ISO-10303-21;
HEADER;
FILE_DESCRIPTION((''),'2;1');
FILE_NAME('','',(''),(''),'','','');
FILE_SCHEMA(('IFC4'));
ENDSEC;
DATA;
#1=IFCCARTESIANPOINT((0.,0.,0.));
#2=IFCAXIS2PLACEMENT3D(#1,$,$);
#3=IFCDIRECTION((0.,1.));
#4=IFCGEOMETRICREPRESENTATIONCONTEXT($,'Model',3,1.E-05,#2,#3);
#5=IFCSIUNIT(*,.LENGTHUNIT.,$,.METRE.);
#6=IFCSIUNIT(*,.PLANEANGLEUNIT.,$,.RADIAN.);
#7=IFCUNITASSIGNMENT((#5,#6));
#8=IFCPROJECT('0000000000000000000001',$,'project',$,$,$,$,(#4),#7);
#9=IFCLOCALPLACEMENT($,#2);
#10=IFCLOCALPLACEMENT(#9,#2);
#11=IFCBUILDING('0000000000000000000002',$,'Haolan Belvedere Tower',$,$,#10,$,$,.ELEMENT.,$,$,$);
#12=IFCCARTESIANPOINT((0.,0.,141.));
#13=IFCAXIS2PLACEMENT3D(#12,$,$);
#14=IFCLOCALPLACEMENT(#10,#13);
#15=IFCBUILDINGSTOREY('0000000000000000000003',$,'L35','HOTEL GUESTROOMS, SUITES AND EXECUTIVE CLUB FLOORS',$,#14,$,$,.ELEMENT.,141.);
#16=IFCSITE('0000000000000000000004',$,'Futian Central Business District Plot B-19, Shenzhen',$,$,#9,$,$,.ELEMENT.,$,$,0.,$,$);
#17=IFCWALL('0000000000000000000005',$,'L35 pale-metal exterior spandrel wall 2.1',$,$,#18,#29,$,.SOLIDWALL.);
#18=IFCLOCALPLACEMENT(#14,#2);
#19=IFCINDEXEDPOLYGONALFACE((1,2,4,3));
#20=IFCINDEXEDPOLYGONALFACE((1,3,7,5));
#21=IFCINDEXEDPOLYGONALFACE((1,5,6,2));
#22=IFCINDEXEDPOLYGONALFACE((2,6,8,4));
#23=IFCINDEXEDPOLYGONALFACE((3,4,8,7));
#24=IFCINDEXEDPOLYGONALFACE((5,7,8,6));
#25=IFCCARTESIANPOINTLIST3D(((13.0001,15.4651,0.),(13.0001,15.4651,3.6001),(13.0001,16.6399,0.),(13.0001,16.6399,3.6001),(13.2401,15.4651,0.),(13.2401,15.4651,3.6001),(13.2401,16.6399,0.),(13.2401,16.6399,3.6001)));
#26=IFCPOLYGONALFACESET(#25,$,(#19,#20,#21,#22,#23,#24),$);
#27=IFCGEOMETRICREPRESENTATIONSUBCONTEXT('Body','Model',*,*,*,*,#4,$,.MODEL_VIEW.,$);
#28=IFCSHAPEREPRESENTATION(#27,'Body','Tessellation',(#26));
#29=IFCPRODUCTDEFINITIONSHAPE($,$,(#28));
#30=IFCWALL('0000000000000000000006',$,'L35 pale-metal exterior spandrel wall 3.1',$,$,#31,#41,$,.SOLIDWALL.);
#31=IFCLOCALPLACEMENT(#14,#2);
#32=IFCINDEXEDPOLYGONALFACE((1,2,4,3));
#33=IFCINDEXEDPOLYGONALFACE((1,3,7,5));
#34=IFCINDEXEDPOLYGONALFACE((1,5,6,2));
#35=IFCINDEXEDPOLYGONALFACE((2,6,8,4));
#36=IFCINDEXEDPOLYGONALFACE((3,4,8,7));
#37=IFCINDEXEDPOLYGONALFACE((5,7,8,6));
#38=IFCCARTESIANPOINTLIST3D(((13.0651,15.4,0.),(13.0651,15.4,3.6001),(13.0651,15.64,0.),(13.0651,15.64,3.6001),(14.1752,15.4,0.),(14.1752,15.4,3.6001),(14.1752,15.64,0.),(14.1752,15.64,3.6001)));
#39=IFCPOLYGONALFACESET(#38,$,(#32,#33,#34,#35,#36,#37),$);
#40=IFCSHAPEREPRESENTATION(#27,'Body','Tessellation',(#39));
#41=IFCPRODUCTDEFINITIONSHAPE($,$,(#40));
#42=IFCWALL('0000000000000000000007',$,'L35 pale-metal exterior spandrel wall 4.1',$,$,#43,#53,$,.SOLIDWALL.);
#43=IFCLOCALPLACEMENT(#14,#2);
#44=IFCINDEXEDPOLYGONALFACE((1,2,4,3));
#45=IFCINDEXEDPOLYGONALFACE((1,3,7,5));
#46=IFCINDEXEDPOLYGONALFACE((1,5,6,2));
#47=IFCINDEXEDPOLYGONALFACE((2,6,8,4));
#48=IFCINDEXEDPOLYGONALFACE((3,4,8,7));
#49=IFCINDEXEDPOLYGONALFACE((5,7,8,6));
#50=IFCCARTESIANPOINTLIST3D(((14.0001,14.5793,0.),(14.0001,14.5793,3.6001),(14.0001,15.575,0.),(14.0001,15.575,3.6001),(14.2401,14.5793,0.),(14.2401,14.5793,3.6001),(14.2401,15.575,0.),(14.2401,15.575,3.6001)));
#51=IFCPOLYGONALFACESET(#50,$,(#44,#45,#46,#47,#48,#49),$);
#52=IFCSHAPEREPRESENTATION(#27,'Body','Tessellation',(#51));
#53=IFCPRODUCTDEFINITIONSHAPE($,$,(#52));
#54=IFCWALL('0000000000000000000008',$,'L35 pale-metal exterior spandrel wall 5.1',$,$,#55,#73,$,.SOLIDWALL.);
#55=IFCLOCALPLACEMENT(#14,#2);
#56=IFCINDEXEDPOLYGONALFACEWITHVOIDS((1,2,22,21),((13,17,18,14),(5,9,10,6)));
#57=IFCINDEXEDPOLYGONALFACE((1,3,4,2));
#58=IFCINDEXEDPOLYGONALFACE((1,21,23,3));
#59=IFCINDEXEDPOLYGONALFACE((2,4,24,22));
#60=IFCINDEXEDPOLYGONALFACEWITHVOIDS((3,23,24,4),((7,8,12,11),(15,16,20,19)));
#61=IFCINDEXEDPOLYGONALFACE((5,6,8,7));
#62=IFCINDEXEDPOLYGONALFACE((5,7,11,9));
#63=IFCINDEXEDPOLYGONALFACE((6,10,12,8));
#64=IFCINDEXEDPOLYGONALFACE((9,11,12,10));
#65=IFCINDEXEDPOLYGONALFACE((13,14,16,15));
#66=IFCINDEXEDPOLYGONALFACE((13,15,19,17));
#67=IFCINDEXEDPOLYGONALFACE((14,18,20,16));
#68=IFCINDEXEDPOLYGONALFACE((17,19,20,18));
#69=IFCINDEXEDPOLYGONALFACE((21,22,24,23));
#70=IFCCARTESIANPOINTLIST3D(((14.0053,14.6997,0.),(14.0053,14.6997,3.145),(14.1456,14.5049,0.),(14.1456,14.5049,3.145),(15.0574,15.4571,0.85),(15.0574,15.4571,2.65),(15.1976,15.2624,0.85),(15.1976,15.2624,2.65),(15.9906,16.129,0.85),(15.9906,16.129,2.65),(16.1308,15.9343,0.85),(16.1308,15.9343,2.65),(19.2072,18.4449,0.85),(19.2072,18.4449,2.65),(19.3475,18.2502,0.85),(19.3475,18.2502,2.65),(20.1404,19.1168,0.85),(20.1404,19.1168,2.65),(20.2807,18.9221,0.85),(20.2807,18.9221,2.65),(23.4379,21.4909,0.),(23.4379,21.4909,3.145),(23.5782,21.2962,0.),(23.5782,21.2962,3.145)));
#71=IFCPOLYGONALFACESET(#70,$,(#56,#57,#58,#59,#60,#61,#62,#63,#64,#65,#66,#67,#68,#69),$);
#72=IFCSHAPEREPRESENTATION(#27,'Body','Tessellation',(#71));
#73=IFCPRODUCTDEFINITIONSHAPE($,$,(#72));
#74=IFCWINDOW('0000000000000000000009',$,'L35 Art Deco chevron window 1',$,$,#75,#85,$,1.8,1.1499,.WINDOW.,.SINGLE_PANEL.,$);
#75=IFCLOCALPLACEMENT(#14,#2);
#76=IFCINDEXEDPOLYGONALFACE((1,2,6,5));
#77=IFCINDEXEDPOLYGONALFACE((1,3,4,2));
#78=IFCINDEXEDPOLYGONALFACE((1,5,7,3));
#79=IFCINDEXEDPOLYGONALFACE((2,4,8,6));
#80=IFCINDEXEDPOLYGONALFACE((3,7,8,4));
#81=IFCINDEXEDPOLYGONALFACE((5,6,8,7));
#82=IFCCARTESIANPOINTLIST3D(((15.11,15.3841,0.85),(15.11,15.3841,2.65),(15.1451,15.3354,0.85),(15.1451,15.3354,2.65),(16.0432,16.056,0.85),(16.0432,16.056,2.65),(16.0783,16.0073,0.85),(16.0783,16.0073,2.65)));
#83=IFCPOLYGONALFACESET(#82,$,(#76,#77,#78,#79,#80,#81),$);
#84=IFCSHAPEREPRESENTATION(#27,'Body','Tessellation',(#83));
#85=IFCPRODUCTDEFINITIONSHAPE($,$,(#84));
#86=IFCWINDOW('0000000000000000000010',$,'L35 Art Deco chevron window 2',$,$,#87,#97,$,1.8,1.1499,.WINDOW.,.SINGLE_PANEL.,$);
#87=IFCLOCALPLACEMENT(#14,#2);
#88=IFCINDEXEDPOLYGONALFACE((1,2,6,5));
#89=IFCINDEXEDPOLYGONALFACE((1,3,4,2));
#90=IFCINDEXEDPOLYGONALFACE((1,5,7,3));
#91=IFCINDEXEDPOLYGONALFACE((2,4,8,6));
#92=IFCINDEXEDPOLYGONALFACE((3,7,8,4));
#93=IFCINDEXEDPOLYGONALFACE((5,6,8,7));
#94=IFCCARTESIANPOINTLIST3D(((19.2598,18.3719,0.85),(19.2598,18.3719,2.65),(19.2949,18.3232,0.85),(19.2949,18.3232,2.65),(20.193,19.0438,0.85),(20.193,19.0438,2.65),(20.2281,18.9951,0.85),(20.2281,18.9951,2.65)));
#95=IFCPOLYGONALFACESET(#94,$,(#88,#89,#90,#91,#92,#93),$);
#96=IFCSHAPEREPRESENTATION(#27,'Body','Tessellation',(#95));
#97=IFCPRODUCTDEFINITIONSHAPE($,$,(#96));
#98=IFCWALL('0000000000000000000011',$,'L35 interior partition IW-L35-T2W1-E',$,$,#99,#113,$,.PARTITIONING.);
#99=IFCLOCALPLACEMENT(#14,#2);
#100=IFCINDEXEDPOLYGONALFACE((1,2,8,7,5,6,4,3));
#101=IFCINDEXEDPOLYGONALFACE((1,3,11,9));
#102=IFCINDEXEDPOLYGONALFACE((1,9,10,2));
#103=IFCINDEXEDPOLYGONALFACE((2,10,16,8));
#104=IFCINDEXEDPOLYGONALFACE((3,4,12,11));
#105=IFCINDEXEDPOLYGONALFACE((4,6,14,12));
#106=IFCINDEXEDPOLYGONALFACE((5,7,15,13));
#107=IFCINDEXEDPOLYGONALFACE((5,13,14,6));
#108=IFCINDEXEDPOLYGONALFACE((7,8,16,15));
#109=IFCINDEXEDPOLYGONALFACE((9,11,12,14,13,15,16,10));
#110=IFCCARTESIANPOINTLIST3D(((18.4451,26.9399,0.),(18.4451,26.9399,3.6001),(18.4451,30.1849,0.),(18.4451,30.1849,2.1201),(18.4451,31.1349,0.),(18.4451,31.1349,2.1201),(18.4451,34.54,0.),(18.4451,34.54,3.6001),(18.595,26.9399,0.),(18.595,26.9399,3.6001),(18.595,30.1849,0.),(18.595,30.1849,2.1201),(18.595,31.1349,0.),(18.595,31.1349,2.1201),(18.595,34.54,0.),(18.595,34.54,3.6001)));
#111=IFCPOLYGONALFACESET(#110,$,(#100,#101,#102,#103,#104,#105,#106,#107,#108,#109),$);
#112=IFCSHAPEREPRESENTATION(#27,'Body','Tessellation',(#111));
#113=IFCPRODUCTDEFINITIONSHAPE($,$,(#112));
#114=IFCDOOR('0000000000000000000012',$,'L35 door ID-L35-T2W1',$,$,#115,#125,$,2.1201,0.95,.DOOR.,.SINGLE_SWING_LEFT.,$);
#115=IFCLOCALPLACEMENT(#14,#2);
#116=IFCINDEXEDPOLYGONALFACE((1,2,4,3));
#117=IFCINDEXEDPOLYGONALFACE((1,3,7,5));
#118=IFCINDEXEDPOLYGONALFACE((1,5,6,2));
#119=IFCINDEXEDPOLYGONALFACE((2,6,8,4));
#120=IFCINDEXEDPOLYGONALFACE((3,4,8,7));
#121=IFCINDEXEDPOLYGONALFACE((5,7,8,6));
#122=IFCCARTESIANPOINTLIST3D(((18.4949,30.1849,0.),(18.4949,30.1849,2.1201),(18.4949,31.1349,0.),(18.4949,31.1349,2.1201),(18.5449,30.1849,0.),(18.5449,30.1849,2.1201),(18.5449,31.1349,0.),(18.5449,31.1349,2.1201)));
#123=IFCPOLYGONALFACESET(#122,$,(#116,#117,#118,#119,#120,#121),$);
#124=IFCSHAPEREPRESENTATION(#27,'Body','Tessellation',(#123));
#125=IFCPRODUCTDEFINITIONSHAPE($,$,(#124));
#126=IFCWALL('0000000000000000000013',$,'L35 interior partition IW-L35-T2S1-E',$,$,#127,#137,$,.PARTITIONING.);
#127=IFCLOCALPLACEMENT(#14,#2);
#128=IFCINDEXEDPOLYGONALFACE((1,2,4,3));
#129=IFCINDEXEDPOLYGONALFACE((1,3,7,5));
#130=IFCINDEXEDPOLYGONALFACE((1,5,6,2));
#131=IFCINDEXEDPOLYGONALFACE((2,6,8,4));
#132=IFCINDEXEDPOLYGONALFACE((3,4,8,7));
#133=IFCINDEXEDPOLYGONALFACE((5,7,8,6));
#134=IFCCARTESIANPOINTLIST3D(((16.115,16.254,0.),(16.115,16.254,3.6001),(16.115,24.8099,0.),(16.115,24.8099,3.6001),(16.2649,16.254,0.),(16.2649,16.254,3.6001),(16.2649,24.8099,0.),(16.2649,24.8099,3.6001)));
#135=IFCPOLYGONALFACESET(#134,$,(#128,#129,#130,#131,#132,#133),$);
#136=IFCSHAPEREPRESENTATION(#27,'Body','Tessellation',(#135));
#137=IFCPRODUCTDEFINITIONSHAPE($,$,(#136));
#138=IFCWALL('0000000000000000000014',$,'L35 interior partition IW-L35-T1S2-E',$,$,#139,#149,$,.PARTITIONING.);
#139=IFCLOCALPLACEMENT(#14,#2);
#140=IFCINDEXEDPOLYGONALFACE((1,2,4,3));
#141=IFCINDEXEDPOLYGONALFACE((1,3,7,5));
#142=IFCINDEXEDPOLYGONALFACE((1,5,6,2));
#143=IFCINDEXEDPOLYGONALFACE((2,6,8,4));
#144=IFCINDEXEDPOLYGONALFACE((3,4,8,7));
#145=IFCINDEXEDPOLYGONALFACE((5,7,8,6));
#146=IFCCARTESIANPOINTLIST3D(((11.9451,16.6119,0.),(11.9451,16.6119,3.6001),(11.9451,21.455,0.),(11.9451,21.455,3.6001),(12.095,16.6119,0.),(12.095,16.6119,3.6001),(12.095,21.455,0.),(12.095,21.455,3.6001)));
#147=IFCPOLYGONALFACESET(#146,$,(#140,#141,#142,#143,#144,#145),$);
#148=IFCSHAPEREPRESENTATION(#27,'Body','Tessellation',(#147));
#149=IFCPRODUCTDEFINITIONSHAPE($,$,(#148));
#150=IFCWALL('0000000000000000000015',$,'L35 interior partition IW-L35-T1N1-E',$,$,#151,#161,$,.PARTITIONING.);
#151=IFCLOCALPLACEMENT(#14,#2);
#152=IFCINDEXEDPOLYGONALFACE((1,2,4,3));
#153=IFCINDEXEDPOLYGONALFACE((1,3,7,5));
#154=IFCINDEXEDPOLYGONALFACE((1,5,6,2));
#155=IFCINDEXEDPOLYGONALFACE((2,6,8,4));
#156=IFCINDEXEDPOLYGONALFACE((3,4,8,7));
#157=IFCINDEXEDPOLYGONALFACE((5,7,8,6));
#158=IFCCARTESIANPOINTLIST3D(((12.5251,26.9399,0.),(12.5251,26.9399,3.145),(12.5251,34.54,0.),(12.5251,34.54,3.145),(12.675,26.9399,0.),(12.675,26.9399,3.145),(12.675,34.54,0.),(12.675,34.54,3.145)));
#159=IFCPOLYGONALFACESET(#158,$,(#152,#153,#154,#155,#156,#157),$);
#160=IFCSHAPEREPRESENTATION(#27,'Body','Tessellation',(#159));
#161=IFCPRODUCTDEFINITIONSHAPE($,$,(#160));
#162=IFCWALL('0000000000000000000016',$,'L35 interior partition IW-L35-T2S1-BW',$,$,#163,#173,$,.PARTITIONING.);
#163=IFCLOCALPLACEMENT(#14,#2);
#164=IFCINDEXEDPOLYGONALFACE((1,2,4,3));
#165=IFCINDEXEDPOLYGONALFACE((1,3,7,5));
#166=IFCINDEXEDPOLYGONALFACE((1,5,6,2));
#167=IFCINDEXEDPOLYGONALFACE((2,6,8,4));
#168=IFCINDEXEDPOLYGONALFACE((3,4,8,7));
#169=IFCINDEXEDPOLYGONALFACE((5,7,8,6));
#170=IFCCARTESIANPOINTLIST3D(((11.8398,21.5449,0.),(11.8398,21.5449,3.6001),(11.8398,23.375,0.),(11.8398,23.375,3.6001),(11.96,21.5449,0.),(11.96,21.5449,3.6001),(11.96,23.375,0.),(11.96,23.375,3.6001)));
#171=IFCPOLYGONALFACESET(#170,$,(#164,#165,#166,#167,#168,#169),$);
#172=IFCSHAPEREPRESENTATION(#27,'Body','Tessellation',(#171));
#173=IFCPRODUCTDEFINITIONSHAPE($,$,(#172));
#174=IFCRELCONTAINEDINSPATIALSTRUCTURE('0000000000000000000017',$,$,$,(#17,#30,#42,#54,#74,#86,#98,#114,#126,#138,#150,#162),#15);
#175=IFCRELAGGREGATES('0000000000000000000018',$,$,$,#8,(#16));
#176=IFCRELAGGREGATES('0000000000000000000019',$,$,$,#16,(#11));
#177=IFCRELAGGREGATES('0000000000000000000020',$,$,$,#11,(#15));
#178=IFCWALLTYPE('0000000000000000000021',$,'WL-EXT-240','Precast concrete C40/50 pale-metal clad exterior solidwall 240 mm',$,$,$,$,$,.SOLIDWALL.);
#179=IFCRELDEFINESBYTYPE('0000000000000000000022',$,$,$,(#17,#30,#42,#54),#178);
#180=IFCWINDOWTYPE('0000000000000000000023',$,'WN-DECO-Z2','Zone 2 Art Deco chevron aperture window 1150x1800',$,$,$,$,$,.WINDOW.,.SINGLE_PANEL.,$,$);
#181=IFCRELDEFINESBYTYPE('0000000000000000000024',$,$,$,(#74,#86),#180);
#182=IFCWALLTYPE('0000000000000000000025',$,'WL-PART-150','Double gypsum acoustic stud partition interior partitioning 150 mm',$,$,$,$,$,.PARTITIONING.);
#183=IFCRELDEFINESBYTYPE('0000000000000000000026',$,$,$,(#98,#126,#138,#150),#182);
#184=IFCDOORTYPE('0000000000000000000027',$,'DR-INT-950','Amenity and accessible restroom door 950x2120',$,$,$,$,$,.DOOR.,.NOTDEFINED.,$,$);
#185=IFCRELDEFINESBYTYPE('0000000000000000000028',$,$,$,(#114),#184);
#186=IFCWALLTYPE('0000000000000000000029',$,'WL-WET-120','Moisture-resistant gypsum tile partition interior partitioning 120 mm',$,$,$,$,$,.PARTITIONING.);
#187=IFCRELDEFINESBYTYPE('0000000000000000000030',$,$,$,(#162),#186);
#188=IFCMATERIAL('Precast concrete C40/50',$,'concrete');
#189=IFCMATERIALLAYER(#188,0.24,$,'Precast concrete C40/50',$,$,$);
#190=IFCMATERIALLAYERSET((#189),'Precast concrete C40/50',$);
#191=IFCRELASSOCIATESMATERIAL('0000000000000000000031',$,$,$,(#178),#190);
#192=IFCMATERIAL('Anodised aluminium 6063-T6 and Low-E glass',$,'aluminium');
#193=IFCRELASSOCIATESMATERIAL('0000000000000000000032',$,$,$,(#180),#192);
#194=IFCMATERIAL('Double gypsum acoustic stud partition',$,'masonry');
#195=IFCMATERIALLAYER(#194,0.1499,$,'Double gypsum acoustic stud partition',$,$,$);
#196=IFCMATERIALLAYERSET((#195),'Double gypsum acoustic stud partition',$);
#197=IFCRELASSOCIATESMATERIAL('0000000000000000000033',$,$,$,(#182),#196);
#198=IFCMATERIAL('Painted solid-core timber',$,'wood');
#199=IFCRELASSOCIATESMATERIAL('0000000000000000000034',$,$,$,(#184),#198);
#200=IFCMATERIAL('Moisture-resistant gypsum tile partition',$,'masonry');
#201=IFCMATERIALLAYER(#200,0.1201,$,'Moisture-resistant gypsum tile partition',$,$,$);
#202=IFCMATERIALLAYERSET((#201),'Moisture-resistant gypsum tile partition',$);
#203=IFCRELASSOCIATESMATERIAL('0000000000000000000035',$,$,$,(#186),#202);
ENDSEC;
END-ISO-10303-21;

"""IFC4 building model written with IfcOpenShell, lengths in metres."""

from ifc_helpers import new_model, si_unit, direction, frame, frame_2d, origin, place, context, subcontext, project, spatial, rectangle, extrude, material, layer, layer_set, type_object, element, fill, save


model = new_model("IFC4")

# Units and contexts
model_context = context("Model", 3, precision=1e-05, world=origin(), true_north=direction((0.0, 1.0)))
body_context = subcontext(model_context, "Body", "Model", "MODEL_VIEW")
ifc_project = project(units=[si_unit("LENGTHUNIT", "METRE"), si_unit("PLANEANGLEUNIT", "RADIAN")], contexts=[model_context])

# Site, building, storey
site_placement = place(None, origin())
site = spatial("IfcSite", under=ifc_project, at=site_placement, Name="Futian Central Business District Plot B-19, Shenzhen", CompositionType="ELEMENT", RefElevation=0.0)
building_placement = place(site_placement, origin())
building = spatial("IfcBuilding", under=site, at=building_placement, Name="Haolan Belvedere Tower", CompositionType="ELEMENT")
storey_placement = place(building_placement, frame((0.0, 0.0, 141.0)))
storey = spatial("IfcBuildingStorey", under=building, at=storey_placement, Name="L35", Description="HOTEL GUESTROOMS, SUITES AND EXECUTIVE CLUB FLOORS", CompositionType="ELEMENT", Elevation=141.0)

# Walls
ifc_material_1 = material(Name="Precast concrete C40/50", Category="concrete")
ifc_layer_1 = layer(ifc_material_1, 0.24, Name="Precast concrete C40/50")
ifc_layer_set_1 = layer_set([ifc_layer_1], Name="Precast concrete C40/50")
wall_type_1 = type_object("IfcWallType", Name="WL-EXT-240", Description="Precast concrete C40/50 pale-metal clad exterior solidwall 240 mm", PredefinedType="SOLIDWALL", material=ifc_layer_set_1)
wall_1_placement = place(storey_placement, frame((13.1201, 16.6399, 0.0), z_axis=(0.0, 0.0, 1.0), x_axis=(0.0, -1.0, 0.0)))
element("IfcWall", 1, at=wall_1_placement, inside=storey, type_object=wall_type_1, Name="L35 pale-metal exterior spandrel wall 2.1", PredefinedType="SOLIDWALL", context=body_context, shape_type="SweptSolid", body=[
    extrude(rectangle(XDim=1.1748, YDim=0.24, at=frame_2d((0.5874, 0.0))), origin(), (0.0, 0.0, 1.0), 3.6001),
])
wall_2_placement = place(storey_placement, frame((13.0649, 15.52, 0.0), z_axis=(0.0, 0.0, 1.0), x_axis=(1.0, 0.0, 0.0)))
element("IfcWall", 2, at=wall_2_placement, inside=storey, type_object=wall_type_1, Name="L35 pale-metal exterior spandrel wall 3.1", PredefinedType="SOLIDWALL", context=body_context, shape_type="SweptSolid", body=[
    extrude(rectangle(XDim=1.1101, YDim=0.24, at=frame_2d((0.5552, 0.0))), origin(), (0.0, 0.0, 1.0), 3.6001),
])
wall_3_placement = place(storey_placement, frame((14.1201, 15.575, 0.0), z_axis=(0.0, 0.0, 1.0), x_axis=(0.0, -1.0, 0.0)))
element("IfcWall", 3, at=wall_3_placement, inside=storey, type_object=wall_type_1, Name="L35 pale-metal exterior spandrel wall 4.1", PredefinedType="SOLIDWALL", context=body_context, shape_type="SweptSolid", body=[
    extrude(rectangle(XDim=0.9956, YDim=0.24, at=frame_2d((0.4978, 0.0))), origin(), (0.0, 0.0, 1.0), 3.6001),
])

# Wall, openings, windows
wall_4_placement = place(storey_placement, frame((14.0754, 14.6023, 0.0), z_axis=(0.0, 0.0, 1.0), x_axis=(0.811544, 0.584292, 0.0)))
wall_4 = element("IfcWall", 4, at=wall_4_placement, inside=storey, type_object=wall_type_1, Name="L35 pale-metal exterior spandrel wall 5.1", PredefinedType="SOLIDWALL", context=body_context, shape_type="SweptSolid", body=[
    extrude(rectangle(XDim=11.623, YDim=0.24, at=frame_2d((5.8115, 0.0))), origin(), (0.0, 0.0, 1.0), 3.145),
])
opening_1_placement = place(wall_4_placement, frame((1.2964, 0.0, 0.8501)))
opening_1 = element("IfcOpeningElement", 5, at=opening_1_placement, cuts=wall_4, PredefinedType="OPENING", context=body_context, shape_type="SweptSolid", body=[
    extrude(rectangle(XDim=1.1499, YDim=1.8, at=frame_2d((0.575, 0.8999))), frame((0.0, 0.1299, 0.0), z_axis=(0.0, -1.0, 0.0), x_axis=(1.0, 0.0, 0.0)), (0.0, 0.0, 1.0), 0.26),
])
opening_2_placement = place(wall_4_placement, frame((6.4099, 0.0, 0.8501)))
opening_2 = element("IfcOpeningElement", 6, at=opening_2_placement, cuts=wall_4, PredefinedType="OPENING", context=body_context, shape_type="SweptSolid", body=[
    extrude(rectangle(XDim=1.1499, YDim=1.8, at=frame_2d((0.575, 0.8999))), frame((0.0, 0.1299, 0.0), z_axis=(0.0, -1.0, 0.0), x_axis=(1.0, 0.0, 0.0)), (0.0, 0.0, 1.0), 0.26),
])
ifc_material_2 = material(Name="Anodised aluminium 6063-T6 and Low-E glass", Category="aluminium")
window_type = type_object("IfcWindowType", Name="WN-DECO-Z2", Description="Zone 2 Art Deco chevron aperture window 1150x1800", PartitioningType="SINGLE_PANEL", PredefinedType="WINDOW", material=ifc_material_2)
window_1_placement = place(opening_1_placement, origin())
window_1 = element("IfcWindow", 7, at=window_1_placement, inside=storey, type_object=window_type, Name="L35 Art Deco chevron window 1", OverallHeight=1.8, OverallWidth=1.1499, PartitioningType="SINGLE_PANEL", PredefinedType="WINDOW", context=body_context, shape_type="SweptSolid", body=[
    extrude(rectangle(XDim=1.1499, YDim=1.8, at=frame_2d((0.575, 0.8999))), frame((0.0, 0.03, 0.0), z_axis=(0.0, -1.0, 0.0), x_axis=(1.0, 0.0, 0.0)), (0.0, 0.0, 1.0), 0.0601),
])
fill(opening_1, window_1)
window_2_placement = place(opening_2_placement, origin())
window_2 = element("IfcWindow", 8, at=window_2_placement, inside=storey, type_object=window_type, Name="L35 Art Deco chevron window 2", OverallHeight=1.8, OverallWidth=1.1499, PartitioningType="SINGLE_PANEL", PredefinedType="WINDOW", context=body_context, shape_type="SweptSolid", body=[
    extrude(rectangle(XDim=1.1499, YDim=1.8, at=frame_2d((0.575, 0.8999))), frame((0.0, 0.03, 0.0), z_axis=(0.0, -1.0, 0.0), x_axis=(1.0, 0.0, 0.0)), (0.0, 0.0, 1.0), 0.0601),
])
fill(opening_2, window_2)

# Wall, opening, door
ifc_material_3 = material(Name="Double gypsum acoustic stud partition", Category="masonry")
ifc_layer_2 = layer(ifc_material_3, 0.1499, Name="Double gypsum acoustic stud partition")
ifc_layer_set_2 = layer_set([ifc_layer_2], Name="Double gypsum acoustic stud partition")
wall_type_2 = type_object("IfcWallType", Name="WL-PART-150", Description="Double gypsum acoustic stud partition interior partitioning 150 mm", PredefinedType="PARTITIONING", material=ifc_layer_set_2)
wall_5_placement = place(storey_placement, frame((18.52, 26.9399, 0.0), z_axis=(0.0, 0.0, 1.0), x_axis=(0.0, 1.0, 0.0)))
wall_5 = element("IfcWall", 9, at=wall_5_placement, inside=storey, type_object=wall_type_2, Name="L35 interior partition IW-L35-T2W1-E", PredefinedType="PARTITIONING", context=body_context, shape_type="SweptSolid", body=[
    extrude(rectangle(XDim=7.6001, YDim=0.1499, at=frame_2d((3.8, 0.0))), origin(), (0.0, 0.0, 1.0), 3.6001),
])
opening_3_placement = place(wall_5_placement, frame((4.1951, 0.0, 0.0), z_axis=(0.0, 0.0, 1.0), x_axis=(-1.0, 0.0, 0.0)))
opening_3 = element("IfcOpeningElement", 10, at=opening_3_placement, cuts=wall_5, PredefinedType="OPENING", context=body_context, shape_type="SweptSolid", body=[
    extrude(rectangle(XDim=0.95, YDim=2.1201, at=frame_2d((0.4751, 1.0601))), frame((0.0, 0.085, 0.0), z_axis=(0.0, -1.0, 0.0), x_axis=(1.0, 0.0, 0.0)), (0.0, 0.0, 1.0), 0.1699),
])
ifc_material_4 = material(Name="Painted solid-core timber", Category="wood")
door_type_1 = type_object("IfcDoorType", Name="DR-INT-950", Description="Amenity and accessible restroom door 950x2120", OperationType="NOTDEFINED", PredefinedType="DOOR", material=ifc_material_4)
door_1_placement = place(opening_3_placement, origin())
door_1 = element("IfcDoor", 11, at=door_1_placement, inside=storey, type_object=door_type_1, Name="L35 door ID-L35-T2W1", OperationType="SINGLE_SWING_LEFT", OverallHeight=2.1201, OverallWidth=0.95, PredefinedType="DOOR", context=body_context, shape_type="SweptSolid", body=[
    extrude(rectangle(XDim=0.95, YDim=2.1201, at=frame_2d((0.4751, 1.0601))), frame((0.0, 0.0249, 0.0), z_axis=(0.0, -1.0, 0.0), x_axis=(1.0, 0.0, 0.0)), (0.0, 0.0, 1.0), 0.05),
])
fill(opening_3, door_1)

# Wall
wall_6_placement = place(storey_placement, frame((16.1899, 16.2542, 0.0), z_axis=(0.0, 0.0, 1.0), x_axis=(0.0, 1.0, 0.0)))
element("IfcWall", 12, at=wall_6_placement, inside=storey, type_object=wall_type_2, Name="L35 interior partition IW-L35-T2S1-E", PredefinedType="PARTITIONING", context=body_context, shape_type="SweptSolid", body=[
    extrude(rectangle(XDim=8.5559, YDim=0.1499, at=frame_2d((4.2778, 0.0))), origin(), (0.0, 0.0, 1.0), 3.6001),
])

# Walls
wall_7_placement = place(storey_placement, frame((12.02, 16.6121, 0.0), z_axis=(0.0, 0.0, 1.0), x_axis=(0.0, 1.0, 0.0)))
element("IfcWall", 13, at=wall_7_placement, inside=storey, type_object=wall_type_2, Name="L35 interior partition IW-L35-T1S2-E", PredefinedType="PARTITIONING", context=body_context, shape_type="SweptSolid", body=[
    extrude(rectangle(XDim=4.843, YDim=0.1499, at=frame_2d((2.4214, 0.0))), origin(), (0.0, 0.0, 1.0), 3.6001),
])
wall_8_placement = place(storey_placement, frame((12.6001, 26.9399, 0.0), z_axis=(0.0, 0.0, 1.0), x_axis=(0.0, 1.0, 0.0)))
element("IfcWall", 14, at=wall_8_placement, inside=storey, type_object=wall_type_2, Name="L35 interior partition IW-L35-T1N1-E", PredefinedType="PARTITIONING", context=body_context, shape_type="SweptSolid", body=[
    extrude(rectangle(XDim=7.6001, YDim=0.1499, at=frame_2d((3.8, 0.0))), origin(), (0.0, 0.0, 1.0), 3.145),
])
ifc_material_5 = material(Name="Moisture-resistant gypsum tile partition", Category="masonry")
ifc_layer_3 = layer(ifc_material_5, 0.1201, Name="Moisture-resistant gypsum tile partition")
ifc_layer_set_3 = layer_set([ifc_layer_3], Name="Moisture-resistant gypsum tile partition")
wall_type_3 = type_object("IfcWallType", Name="WL-WET-120", Description="Moisture-resistant gypsum tile partition interior partitioning 120 mm", PredefinedType="PARTITIONING", material=ifc_layer_set_3)
wall_9_placement = place(storey_placement, frame((11.8999, 21.5449, 0.0), z_axis=(0.0, 0.0, 1.0), x_axis=(0.0, 1.0, 0.0)))
element("IfcWall", 15, at=wall_9_placement, inside=storey, type_object=wall_type_3, Name="L35 interior partition IW-L35-T2S1-BW", PredefinedType="PARTITIONING", context=body_context, shape_type="SweptSolid", body=[
    extrude(rectangle(XDim=1.8301, YDim=0.1201, at=frame_2d((0.915, 0.0))), origin(), (0.0, 0.0, 1.0), 3.6001),
])

save(model, "model.ifc")
